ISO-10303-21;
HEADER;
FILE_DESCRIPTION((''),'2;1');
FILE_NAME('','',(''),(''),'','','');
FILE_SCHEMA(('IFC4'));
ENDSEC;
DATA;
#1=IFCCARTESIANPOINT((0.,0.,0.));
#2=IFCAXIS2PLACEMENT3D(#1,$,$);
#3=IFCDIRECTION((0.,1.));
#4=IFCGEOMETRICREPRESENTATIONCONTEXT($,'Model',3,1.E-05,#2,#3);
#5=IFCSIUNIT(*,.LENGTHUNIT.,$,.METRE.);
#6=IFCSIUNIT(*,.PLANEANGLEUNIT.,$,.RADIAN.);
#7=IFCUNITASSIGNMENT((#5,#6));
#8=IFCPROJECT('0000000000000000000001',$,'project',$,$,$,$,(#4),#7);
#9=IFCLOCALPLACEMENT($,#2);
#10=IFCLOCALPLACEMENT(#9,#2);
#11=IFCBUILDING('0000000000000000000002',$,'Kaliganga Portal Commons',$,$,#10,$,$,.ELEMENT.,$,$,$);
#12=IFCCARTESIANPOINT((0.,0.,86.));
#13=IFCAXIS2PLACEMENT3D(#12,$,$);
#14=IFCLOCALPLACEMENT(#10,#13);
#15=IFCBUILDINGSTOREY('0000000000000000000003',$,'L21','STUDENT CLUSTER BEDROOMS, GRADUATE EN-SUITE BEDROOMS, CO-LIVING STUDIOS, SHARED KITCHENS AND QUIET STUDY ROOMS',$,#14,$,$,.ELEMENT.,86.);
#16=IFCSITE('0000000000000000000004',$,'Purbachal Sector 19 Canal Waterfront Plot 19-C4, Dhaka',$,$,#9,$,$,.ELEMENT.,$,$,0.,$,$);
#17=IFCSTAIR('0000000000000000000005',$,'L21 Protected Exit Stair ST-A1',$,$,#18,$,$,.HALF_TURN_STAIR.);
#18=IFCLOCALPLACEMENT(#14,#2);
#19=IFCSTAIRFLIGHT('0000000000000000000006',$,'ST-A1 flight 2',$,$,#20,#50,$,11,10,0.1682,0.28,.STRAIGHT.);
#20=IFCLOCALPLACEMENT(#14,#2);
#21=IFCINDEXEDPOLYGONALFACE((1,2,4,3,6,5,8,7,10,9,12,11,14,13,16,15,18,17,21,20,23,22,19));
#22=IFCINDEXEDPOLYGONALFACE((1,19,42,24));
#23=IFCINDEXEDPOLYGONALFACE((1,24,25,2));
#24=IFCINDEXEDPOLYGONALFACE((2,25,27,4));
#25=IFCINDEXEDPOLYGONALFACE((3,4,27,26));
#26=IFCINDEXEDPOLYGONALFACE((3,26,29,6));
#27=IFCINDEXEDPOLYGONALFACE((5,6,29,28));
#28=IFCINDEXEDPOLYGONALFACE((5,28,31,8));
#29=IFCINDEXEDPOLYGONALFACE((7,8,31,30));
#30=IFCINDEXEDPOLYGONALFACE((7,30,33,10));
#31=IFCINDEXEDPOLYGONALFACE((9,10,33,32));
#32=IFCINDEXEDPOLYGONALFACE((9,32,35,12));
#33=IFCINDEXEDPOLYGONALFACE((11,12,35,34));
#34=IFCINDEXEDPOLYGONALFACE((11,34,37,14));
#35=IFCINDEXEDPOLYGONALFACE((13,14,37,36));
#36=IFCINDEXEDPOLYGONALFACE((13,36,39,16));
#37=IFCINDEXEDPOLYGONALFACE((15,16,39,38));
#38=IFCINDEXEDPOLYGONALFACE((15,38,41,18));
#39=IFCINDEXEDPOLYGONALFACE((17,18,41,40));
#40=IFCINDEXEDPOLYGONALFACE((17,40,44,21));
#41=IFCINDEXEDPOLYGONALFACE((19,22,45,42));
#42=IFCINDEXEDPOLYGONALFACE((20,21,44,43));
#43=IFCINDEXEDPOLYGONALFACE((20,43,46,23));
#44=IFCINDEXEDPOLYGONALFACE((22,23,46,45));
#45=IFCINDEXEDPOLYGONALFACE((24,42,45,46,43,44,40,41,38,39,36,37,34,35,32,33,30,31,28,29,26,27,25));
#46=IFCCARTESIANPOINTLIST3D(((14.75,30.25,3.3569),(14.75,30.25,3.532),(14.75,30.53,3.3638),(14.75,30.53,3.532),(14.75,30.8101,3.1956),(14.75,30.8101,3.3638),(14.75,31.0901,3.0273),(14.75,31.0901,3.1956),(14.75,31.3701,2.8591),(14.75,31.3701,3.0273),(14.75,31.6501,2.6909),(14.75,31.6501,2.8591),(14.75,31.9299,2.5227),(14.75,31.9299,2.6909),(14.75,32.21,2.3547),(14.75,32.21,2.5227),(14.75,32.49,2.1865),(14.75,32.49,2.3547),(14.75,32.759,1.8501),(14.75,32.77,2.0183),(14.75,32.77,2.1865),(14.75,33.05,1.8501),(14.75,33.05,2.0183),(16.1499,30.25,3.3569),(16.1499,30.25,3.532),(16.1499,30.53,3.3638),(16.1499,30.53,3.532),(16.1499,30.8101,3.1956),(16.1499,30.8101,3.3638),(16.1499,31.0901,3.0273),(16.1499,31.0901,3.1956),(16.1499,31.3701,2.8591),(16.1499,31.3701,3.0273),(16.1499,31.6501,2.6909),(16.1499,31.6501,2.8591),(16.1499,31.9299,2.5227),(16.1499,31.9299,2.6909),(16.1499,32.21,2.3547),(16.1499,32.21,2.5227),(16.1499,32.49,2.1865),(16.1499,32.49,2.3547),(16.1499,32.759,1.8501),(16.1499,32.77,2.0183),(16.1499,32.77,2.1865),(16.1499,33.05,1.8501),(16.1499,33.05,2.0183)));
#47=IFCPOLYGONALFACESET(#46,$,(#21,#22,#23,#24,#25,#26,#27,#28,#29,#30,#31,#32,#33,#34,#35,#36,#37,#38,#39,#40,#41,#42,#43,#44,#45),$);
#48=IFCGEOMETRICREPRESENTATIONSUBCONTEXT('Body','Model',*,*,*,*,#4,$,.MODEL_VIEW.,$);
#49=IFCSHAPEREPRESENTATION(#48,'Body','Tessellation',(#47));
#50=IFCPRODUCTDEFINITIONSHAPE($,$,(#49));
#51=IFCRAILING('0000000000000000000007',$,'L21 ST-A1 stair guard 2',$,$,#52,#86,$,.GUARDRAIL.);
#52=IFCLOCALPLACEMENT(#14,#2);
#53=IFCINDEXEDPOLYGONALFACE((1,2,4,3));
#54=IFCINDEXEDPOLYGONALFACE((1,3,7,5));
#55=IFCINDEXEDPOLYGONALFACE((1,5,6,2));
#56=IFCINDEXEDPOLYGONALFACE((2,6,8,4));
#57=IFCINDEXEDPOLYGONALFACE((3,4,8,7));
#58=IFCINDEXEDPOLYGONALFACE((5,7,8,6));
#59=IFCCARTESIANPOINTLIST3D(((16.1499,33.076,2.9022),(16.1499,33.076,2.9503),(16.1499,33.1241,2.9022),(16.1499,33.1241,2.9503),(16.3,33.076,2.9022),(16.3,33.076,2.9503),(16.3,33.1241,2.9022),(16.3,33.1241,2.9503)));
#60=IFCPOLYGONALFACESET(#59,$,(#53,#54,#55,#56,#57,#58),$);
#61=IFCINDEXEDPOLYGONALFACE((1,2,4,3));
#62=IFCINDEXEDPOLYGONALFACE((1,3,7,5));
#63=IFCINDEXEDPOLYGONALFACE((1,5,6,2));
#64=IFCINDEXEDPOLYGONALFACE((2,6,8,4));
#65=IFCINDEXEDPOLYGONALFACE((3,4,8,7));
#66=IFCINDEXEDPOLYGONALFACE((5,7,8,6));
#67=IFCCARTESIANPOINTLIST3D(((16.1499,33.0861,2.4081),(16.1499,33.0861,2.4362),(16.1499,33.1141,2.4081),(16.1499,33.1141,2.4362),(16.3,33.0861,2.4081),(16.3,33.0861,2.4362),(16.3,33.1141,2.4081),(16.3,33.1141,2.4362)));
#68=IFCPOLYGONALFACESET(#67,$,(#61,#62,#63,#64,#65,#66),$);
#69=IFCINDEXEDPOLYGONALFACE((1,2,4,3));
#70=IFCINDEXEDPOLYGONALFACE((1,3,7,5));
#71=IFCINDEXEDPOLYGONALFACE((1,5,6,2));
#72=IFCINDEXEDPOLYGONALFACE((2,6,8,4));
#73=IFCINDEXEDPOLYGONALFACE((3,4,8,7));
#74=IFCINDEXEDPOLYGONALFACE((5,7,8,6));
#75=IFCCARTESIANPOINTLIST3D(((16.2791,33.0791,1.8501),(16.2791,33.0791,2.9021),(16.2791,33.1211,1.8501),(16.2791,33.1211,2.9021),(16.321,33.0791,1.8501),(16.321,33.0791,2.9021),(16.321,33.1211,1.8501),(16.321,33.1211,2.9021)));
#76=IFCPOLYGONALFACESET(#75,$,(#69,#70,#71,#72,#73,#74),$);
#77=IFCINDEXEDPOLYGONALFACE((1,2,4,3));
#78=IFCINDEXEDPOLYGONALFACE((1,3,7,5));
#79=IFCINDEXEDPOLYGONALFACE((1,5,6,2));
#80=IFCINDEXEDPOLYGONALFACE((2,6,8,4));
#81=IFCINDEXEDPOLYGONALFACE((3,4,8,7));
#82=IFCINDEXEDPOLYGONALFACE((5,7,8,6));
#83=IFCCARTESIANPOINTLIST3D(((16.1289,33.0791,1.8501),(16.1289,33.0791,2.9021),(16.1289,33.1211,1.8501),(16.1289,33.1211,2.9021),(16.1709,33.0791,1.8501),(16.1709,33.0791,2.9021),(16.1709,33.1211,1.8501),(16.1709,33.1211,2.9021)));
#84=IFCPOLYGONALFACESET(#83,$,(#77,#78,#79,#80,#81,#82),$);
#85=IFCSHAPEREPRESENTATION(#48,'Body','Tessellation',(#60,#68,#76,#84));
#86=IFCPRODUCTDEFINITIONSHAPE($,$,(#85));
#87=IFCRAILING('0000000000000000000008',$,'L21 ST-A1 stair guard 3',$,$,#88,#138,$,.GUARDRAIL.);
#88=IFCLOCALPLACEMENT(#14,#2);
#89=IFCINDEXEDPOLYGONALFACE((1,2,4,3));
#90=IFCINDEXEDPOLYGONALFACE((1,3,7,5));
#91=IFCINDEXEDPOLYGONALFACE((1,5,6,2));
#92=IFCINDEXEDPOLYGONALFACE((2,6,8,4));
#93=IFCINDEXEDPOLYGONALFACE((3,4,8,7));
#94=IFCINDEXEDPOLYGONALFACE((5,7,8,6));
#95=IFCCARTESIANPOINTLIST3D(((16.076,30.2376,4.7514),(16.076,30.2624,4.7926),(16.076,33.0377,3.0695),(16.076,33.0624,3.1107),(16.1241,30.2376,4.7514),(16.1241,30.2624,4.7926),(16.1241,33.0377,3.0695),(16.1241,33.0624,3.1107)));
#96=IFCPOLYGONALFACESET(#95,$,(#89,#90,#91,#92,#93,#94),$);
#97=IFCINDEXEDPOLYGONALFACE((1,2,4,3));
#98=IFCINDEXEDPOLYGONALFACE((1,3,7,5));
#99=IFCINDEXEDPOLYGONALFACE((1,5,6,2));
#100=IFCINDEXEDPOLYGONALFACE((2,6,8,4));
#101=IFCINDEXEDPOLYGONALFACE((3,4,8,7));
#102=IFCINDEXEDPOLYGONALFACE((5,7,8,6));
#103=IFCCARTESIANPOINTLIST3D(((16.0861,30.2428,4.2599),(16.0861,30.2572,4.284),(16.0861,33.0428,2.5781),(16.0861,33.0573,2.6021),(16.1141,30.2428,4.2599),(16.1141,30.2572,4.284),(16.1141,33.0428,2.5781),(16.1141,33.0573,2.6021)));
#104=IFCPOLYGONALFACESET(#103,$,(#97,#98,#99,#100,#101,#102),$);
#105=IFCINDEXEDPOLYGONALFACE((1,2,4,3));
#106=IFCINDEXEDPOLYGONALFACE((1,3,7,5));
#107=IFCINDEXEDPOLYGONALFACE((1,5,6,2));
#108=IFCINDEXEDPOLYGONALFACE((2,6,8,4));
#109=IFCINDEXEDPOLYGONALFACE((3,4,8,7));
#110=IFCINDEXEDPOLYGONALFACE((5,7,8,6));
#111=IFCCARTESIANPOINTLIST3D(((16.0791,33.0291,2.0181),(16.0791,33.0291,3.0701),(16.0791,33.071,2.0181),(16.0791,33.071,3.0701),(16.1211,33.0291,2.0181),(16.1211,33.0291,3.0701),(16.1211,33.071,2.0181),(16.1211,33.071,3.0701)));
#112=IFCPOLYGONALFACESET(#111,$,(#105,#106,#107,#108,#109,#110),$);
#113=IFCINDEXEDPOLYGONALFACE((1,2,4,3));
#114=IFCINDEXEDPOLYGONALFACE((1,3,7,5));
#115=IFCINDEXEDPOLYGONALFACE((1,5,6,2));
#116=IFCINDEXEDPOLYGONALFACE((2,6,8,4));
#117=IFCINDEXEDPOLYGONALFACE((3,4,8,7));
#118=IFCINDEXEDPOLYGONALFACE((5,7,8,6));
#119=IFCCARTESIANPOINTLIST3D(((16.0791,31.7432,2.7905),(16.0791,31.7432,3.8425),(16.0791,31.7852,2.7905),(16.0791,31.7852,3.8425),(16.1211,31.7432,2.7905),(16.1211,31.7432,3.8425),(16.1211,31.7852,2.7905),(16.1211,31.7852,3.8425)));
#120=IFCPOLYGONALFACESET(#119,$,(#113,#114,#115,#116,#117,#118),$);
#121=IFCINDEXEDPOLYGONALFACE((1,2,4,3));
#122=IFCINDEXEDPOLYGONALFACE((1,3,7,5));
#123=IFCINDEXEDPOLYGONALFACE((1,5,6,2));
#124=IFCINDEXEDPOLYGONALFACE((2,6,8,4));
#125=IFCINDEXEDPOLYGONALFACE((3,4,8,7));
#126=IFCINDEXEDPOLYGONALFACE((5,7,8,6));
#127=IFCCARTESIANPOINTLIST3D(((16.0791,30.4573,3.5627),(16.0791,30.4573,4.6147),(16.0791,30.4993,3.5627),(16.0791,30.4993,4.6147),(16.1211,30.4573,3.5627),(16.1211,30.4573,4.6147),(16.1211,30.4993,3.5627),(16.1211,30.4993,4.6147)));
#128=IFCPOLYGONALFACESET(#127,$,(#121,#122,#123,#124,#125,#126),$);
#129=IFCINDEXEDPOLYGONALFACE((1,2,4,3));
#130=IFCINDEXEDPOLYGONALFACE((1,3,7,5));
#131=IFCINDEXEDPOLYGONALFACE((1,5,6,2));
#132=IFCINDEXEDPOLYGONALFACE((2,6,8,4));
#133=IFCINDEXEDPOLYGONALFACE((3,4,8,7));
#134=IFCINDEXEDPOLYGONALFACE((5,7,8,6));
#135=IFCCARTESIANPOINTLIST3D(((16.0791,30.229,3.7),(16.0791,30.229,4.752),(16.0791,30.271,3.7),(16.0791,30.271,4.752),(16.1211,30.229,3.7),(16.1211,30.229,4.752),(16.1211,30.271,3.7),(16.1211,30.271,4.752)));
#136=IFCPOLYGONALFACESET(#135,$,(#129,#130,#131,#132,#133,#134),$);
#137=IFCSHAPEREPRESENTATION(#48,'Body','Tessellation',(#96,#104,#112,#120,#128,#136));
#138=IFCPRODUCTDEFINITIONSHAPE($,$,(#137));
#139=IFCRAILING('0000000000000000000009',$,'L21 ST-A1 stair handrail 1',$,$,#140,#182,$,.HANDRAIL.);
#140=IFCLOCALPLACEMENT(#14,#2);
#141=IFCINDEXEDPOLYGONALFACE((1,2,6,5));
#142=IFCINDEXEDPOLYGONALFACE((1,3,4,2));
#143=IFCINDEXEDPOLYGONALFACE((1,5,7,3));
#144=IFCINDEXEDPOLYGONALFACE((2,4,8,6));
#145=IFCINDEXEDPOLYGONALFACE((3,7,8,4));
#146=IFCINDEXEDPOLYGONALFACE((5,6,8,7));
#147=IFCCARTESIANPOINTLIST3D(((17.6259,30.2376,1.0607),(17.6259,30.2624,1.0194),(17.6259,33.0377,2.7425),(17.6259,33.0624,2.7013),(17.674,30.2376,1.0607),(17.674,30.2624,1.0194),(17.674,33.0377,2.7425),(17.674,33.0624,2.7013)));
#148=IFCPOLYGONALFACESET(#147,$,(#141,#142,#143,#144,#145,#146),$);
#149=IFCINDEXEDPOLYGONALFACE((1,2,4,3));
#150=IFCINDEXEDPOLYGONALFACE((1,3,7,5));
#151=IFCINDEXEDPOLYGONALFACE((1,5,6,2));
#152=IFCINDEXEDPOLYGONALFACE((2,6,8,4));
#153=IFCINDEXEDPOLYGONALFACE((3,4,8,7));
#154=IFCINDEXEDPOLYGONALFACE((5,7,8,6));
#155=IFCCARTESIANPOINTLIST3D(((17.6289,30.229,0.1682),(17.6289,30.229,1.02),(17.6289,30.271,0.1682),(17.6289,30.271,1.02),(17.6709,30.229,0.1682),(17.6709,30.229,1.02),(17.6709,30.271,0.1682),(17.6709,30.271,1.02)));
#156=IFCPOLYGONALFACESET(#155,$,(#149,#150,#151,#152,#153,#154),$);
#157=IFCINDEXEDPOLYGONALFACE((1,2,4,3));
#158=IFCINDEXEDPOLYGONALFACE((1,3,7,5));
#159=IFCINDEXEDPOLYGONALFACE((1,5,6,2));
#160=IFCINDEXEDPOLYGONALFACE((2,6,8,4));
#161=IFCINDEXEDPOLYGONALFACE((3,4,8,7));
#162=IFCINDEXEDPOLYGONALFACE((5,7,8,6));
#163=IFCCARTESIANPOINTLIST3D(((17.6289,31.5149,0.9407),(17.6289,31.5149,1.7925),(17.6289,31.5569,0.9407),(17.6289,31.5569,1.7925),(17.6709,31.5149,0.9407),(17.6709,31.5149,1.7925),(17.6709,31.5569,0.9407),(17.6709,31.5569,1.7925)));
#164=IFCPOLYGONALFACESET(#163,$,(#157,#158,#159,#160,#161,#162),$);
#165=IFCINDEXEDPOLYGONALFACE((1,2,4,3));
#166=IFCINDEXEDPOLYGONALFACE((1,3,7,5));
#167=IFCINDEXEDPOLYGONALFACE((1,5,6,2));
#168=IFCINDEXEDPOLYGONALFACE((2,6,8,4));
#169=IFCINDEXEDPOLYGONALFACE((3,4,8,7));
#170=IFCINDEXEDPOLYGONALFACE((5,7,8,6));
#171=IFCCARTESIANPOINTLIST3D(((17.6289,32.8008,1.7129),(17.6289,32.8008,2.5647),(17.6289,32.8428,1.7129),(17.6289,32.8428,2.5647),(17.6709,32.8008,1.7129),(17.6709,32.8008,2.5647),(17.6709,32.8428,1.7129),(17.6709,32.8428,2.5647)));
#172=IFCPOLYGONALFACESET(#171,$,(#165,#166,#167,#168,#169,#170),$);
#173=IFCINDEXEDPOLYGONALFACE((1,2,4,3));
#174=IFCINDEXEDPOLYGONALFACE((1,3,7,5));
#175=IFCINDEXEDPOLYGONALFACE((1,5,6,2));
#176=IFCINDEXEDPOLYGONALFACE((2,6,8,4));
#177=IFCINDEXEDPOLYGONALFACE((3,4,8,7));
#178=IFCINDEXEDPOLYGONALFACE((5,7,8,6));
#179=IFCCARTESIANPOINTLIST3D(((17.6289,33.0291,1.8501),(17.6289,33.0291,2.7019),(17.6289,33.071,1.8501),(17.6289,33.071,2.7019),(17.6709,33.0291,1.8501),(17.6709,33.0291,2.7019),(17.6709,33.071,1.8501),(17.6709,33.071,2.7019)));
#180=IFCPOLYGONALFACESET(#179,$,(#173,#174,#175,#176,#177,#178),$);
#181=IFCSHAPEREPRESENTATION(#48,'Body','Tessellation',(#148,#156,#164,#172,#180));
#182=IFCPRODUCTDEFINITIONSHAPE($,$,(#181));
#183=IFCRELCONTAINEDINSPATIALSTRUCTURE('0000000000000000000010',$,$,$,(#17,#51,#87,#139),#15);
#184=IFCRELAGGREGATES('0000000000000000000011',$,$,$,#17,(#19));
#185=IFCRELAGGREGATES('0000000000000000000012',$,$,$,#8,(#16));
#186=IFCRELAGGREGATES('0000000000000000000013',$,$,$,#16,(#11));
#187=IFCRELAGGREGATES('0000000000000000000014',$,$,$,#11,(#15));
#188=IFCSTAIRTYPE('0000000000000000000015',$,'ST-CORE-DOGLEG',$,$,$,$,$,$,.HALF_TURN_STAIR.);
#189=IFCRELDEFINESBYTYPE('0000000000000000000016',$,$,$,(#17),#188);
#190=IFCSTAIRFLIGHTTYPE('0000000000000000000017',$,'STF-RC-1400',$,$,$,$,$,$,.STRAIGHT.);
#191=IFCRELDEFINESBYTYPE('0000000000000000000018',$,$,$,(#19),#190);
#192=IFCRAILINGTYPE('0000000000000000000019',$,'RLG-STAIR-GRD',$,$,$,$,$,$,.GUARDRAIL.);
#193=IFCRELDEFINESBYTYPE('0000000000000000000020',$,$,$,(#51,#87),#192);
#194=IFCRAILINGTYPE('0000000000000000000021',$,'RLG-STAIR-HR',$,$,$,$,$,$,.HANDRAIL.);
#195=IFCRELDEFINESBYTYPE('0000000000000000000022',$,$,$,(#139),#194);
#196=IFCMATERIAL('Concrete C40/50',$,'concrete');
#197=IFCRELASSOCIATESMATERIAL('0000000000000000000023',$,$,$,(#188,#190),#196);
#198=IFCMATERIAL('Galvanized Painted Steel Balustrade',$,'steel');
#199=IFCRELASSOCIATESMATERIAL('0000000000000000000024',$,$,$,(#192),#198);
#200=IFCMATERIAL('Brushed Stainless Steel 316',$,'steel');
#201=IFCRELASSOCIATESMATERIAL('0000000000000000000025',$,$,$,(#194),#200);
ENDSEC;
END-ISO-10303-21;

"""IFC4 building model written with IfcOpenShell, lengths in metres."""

from ifc_helpers import new_model, si_unit, direction, frame, origin, origin_2d, place, context, subcontext, project, spatial, polyline, rectangle, outline, extrude, material, type_object, element, aggregate, save


model = new_model("IFC4")

# Units and contexts
model_context = context("Model", 3, precision=1e-05, world=origin(), true_north=direction((0.0, 1.0)))
body_context = subcontext(model_context, "Body", "Model", "MODEL_VIEW")
ifc_project = project(units=[si_unit("LENGTHUNIT", "METRE"), si_unit("PLANEANGLEUNIT", "RADIAN")], contexts=[model_context])

# Site, building, storey
site_placement = place(None, origin())
site = spatial("IfcSite", under=ifc_project, at=site_placement, Name="Purbachal Sector 19 Canal Waterfront Plot 19-C4, Dhaka", CompositionType="ELEMENT", RefElevation=0.0)
building_placement = place(site_placement, origin())
building = spatial("IfcBuilding", under=site, at=building_placement, Name="Kaliganga Portal Commons", CompositionType="ELEMENT")
storey_placement = place(building_placement, frame((0.0, 0.0, 86.0)))
storey = spatial("IfcBuildingStorey", under=building, at=storey_placement, Name="L21", Description="STUDENT CLUSTER BEDROOMS, GRADUATE EN-SUITE BEDROOMS, CO-LIVING STUDIOS, SHARED KITCHENS AND QUIET STUDY ROOMS", CompositionType="ELEMENT", Elevation=86.0)

# Stair, stair flight
ifc_material_1 = material(Name="Concrete C40/50", Category="concrete")
stair_type = type_object("IfcStairType", Name="ST-CORE-DOGLEG", PredefinedType="HALF_TURN_STAIR", material=ifc_material_1)
stair_placement = place(storey_placement, origin())
stair = element("IfcStair", 1, at=stair_placement, inside=storey, type_object=stair_type, Name="L21 Protected Exit Stair ST-A1", PredefinedType="HALF_TURN_STAIR")
stair_flight_type = type_object("IfcStairFlightType", Name="STF-RC-1400", PredefinedType="STRAIGHT", material=ifc_material_1)
stair_flight_1_placement = place(storey_placement, frame((15.45, 33.05, 1.8501), z_axis=(0.0, 0.0, 1.0), x_axis=(0.0, -1.0, 0.0)))
stair_flight_1 = element("IfcStairFlight", 2, at=stair_flight_1_placement, type_object=stair_flight_type, Name="ST-A1 flight 2", NumberOfRisers=11, NumberOfTreads=10, PredefinedType="STRAIGHT", RiserHeight=0.1682, TreadLength=0.28, context=body_context, shape_type="SweptSolid", body=[
    extrude(outline(polyline([(0.0, 0.0), (0.0, 0.1682), (0.28, 0.1682), (0.28, 0.3364), (0.5601, 0.3364), (0.5601, 0.5046), (0.8401, 0.5046), (0.8401, 0.6726), (1.1201, 0.6726), (1.1201, 0.8408), (1.3999, 0.8408), (1.3999, 1.009), (1.6799, 1.009), (1.6799, 1.1772), (1.96, 1.1772), (1.96, 1.3455), (2.24, 1.3455), (2.24, 1.5137), (2.52, 1.5137), (2.52, 1.6819), (2.8, 1.6819), (2.8, 1.8501), (2.8, 1.5068), (0.291, 0.0), (0.0, 0.0)])), frame((0.0, 0.7, 0.0), z_axis=(0.0, -1.0, 0.0), x_axis=(1.0, 0.0, 0.0)), (0.0, 0.0, 1.0), 1.3999),
])
aggregate(stair, [stair_flight_1])

# Railings
ifc_material_2 = material(Name="Galvanized Painted Steel Balustrade", Category="steel")
railing_type_1 = type_object("IfcRailingType", Name="RLG-STAIR-GRD", PredefinedType="GUARDRAIL", material=ifc_material_2)
railing_1_placement = place(storey_placement, frame((16.3, 33.1001, 1.8501)))
element("IfcRailing", 3, at=railing_1_placement, inside=storey, type_object=railing_type_1, Name="L21 ST-A1 stair guard 2", PredefinedType="GUARDRAIL", context=body_context, shape_type="SweptSolid", body=[
    extrude(rectangle(XDim=0.0481, YDim=0.0481, at=origin_2d()), frame((0.0, 0.0, 1.0762), z_axis=(-1.0, 0.0, 0.0), x_axis=(0.0, -1.0, 0.0)), (0.0, 0.0, 1.0), 0.1501),
    extrude(rectangle(XDim=0.0281, YDim=0.0281, at=origin_2d()), frame((0.0, 0.0, 0.572), z_axis=(-1.0, 0.0, 0.0), x_axis=(0.0, -1.0, 0.0)), (0.0, 0.0, 1.0), 0.1501),
    extrude(rectangle(XDim=0.042, YDim=0.042, at=origin_2d()), origin(), (0.0, 0.0, 1.0), 1.052),
    extrude(rectangle(XDim=0.042, YDim=0.042, at=origin_2d()), frame((-0.1501, 0.0, 0.0)), (0.0, 0.0, 1.0), 1.052),
])
railing_2_placement = place(storey_placement, frame((16.1001, 33.05, 2.0181)))
element("IfcRailing", 4, at=railing_2_placement, inside=storey, type_object=railing_type_1, Name="L21 ST-A1 stair guard 3", PredefinedType="GUARDRAIL", context=body_context, shape_type="SweptSolid", body=[
    extrude(rectangle(XDim=0.0481, YDim=0.0481, at=origin_2d()), frame((0.0, 0.0, 1.072), z_axis=(0.0, -0.857242, 0.514913), x_axis=(1.0, 0.0, 0.0)), (0.0, 0.0, 1.0), 3.2664),
    extrude(rectangle(XDim=0.0281, YDim=0.0281, at=origin_2d()), frame((0.0, 0.0, 0.572), z_axis=(0.0, -0.857242, 0.514913), x_axis=(1.0, 0.0, 0.0)), (0.0, 0.0, 1.0), 3.2664),
    extrude(rectangle(XDim=0.042, YDim=0.042, at=origin_2d()), origin(), (0.0, 0.0, 1.0), 1.052),
    extrude(rectangle(XDim=0.042, YDim=0.042, at=origin_2d()), frame((0.0, -1.2859, 0.7725)), (0.0, 0.0, 1.0), 1.052),
    extrude(rectangle(XDim=0.042, YDim=0.042, at=origin_2d()), frame((0.0, -2.5718, 1.5447)), (0.0, 0.0, 1.0), 1.052),
    extrude(rectangle(XDim=0.042, YDim=0.042, at=origin_2d()), frame((0.0, -2.8, 1.6819)), (0.0, 0.0, 1.0), 1.052),
])
ifc_material_3 = material(Name="Brushed Stainless Steel 316", Category="steel")
railing_type_2 = type_object("IfcRailingType", Name="RLG-STAIR-HR", PredefinedType="HANDRAIL", material=ifc_material_3)
railing_3_placement = place(storey_placement, frame((17.6499, 30.25, 0.1682)))
element("IfcRailing", 5, at=railing_3_placement, inside=storey, type_object=railing_type_2, Name="L21 ST-A1 stair handrail 1", PredefinedType="HANDRAIL", context=body_context, shape_type="SweptSolid", body=[
    extrude(rectangle(XDim=0.0481, YDim=0.0481, at=origin_2d()), frame((0.0, 0.0, 0.8718), z_axis=(0.0, 0.857242, 0.514913), x_axis=(-1.0, 0.0, 0.0)), (0.0, 0.0, 1.0), 3.2664),
    extrude(rectangle(XDim=0.042, YDim=0.042, at=origin_2d()), origin(), (0.0, 0.0, 1.0), 0.8518),
    extrude(rectangle(XDim=0.042, YDim=0.042, at=origin_2d()), frame((0.0, 1.2859, 0.7725)), (0.0, 0.0, 1.0), 0.8518),
    extrude(rectangle(XDim=0.042, YDim=0.042, at=origin_2d()), frame((0.0, 2.5718, 1.5447)), (0.0, 0.0, 1.0), 0.8518),
    extrude(rectangle(XDim=0.042, YDim=0.042, at=origin_2d()), frame((0.0, 2.8, 1.6819)), (0.0, 0.0, 1.0), 0.8518),
])

save(model, "model.ifc")
